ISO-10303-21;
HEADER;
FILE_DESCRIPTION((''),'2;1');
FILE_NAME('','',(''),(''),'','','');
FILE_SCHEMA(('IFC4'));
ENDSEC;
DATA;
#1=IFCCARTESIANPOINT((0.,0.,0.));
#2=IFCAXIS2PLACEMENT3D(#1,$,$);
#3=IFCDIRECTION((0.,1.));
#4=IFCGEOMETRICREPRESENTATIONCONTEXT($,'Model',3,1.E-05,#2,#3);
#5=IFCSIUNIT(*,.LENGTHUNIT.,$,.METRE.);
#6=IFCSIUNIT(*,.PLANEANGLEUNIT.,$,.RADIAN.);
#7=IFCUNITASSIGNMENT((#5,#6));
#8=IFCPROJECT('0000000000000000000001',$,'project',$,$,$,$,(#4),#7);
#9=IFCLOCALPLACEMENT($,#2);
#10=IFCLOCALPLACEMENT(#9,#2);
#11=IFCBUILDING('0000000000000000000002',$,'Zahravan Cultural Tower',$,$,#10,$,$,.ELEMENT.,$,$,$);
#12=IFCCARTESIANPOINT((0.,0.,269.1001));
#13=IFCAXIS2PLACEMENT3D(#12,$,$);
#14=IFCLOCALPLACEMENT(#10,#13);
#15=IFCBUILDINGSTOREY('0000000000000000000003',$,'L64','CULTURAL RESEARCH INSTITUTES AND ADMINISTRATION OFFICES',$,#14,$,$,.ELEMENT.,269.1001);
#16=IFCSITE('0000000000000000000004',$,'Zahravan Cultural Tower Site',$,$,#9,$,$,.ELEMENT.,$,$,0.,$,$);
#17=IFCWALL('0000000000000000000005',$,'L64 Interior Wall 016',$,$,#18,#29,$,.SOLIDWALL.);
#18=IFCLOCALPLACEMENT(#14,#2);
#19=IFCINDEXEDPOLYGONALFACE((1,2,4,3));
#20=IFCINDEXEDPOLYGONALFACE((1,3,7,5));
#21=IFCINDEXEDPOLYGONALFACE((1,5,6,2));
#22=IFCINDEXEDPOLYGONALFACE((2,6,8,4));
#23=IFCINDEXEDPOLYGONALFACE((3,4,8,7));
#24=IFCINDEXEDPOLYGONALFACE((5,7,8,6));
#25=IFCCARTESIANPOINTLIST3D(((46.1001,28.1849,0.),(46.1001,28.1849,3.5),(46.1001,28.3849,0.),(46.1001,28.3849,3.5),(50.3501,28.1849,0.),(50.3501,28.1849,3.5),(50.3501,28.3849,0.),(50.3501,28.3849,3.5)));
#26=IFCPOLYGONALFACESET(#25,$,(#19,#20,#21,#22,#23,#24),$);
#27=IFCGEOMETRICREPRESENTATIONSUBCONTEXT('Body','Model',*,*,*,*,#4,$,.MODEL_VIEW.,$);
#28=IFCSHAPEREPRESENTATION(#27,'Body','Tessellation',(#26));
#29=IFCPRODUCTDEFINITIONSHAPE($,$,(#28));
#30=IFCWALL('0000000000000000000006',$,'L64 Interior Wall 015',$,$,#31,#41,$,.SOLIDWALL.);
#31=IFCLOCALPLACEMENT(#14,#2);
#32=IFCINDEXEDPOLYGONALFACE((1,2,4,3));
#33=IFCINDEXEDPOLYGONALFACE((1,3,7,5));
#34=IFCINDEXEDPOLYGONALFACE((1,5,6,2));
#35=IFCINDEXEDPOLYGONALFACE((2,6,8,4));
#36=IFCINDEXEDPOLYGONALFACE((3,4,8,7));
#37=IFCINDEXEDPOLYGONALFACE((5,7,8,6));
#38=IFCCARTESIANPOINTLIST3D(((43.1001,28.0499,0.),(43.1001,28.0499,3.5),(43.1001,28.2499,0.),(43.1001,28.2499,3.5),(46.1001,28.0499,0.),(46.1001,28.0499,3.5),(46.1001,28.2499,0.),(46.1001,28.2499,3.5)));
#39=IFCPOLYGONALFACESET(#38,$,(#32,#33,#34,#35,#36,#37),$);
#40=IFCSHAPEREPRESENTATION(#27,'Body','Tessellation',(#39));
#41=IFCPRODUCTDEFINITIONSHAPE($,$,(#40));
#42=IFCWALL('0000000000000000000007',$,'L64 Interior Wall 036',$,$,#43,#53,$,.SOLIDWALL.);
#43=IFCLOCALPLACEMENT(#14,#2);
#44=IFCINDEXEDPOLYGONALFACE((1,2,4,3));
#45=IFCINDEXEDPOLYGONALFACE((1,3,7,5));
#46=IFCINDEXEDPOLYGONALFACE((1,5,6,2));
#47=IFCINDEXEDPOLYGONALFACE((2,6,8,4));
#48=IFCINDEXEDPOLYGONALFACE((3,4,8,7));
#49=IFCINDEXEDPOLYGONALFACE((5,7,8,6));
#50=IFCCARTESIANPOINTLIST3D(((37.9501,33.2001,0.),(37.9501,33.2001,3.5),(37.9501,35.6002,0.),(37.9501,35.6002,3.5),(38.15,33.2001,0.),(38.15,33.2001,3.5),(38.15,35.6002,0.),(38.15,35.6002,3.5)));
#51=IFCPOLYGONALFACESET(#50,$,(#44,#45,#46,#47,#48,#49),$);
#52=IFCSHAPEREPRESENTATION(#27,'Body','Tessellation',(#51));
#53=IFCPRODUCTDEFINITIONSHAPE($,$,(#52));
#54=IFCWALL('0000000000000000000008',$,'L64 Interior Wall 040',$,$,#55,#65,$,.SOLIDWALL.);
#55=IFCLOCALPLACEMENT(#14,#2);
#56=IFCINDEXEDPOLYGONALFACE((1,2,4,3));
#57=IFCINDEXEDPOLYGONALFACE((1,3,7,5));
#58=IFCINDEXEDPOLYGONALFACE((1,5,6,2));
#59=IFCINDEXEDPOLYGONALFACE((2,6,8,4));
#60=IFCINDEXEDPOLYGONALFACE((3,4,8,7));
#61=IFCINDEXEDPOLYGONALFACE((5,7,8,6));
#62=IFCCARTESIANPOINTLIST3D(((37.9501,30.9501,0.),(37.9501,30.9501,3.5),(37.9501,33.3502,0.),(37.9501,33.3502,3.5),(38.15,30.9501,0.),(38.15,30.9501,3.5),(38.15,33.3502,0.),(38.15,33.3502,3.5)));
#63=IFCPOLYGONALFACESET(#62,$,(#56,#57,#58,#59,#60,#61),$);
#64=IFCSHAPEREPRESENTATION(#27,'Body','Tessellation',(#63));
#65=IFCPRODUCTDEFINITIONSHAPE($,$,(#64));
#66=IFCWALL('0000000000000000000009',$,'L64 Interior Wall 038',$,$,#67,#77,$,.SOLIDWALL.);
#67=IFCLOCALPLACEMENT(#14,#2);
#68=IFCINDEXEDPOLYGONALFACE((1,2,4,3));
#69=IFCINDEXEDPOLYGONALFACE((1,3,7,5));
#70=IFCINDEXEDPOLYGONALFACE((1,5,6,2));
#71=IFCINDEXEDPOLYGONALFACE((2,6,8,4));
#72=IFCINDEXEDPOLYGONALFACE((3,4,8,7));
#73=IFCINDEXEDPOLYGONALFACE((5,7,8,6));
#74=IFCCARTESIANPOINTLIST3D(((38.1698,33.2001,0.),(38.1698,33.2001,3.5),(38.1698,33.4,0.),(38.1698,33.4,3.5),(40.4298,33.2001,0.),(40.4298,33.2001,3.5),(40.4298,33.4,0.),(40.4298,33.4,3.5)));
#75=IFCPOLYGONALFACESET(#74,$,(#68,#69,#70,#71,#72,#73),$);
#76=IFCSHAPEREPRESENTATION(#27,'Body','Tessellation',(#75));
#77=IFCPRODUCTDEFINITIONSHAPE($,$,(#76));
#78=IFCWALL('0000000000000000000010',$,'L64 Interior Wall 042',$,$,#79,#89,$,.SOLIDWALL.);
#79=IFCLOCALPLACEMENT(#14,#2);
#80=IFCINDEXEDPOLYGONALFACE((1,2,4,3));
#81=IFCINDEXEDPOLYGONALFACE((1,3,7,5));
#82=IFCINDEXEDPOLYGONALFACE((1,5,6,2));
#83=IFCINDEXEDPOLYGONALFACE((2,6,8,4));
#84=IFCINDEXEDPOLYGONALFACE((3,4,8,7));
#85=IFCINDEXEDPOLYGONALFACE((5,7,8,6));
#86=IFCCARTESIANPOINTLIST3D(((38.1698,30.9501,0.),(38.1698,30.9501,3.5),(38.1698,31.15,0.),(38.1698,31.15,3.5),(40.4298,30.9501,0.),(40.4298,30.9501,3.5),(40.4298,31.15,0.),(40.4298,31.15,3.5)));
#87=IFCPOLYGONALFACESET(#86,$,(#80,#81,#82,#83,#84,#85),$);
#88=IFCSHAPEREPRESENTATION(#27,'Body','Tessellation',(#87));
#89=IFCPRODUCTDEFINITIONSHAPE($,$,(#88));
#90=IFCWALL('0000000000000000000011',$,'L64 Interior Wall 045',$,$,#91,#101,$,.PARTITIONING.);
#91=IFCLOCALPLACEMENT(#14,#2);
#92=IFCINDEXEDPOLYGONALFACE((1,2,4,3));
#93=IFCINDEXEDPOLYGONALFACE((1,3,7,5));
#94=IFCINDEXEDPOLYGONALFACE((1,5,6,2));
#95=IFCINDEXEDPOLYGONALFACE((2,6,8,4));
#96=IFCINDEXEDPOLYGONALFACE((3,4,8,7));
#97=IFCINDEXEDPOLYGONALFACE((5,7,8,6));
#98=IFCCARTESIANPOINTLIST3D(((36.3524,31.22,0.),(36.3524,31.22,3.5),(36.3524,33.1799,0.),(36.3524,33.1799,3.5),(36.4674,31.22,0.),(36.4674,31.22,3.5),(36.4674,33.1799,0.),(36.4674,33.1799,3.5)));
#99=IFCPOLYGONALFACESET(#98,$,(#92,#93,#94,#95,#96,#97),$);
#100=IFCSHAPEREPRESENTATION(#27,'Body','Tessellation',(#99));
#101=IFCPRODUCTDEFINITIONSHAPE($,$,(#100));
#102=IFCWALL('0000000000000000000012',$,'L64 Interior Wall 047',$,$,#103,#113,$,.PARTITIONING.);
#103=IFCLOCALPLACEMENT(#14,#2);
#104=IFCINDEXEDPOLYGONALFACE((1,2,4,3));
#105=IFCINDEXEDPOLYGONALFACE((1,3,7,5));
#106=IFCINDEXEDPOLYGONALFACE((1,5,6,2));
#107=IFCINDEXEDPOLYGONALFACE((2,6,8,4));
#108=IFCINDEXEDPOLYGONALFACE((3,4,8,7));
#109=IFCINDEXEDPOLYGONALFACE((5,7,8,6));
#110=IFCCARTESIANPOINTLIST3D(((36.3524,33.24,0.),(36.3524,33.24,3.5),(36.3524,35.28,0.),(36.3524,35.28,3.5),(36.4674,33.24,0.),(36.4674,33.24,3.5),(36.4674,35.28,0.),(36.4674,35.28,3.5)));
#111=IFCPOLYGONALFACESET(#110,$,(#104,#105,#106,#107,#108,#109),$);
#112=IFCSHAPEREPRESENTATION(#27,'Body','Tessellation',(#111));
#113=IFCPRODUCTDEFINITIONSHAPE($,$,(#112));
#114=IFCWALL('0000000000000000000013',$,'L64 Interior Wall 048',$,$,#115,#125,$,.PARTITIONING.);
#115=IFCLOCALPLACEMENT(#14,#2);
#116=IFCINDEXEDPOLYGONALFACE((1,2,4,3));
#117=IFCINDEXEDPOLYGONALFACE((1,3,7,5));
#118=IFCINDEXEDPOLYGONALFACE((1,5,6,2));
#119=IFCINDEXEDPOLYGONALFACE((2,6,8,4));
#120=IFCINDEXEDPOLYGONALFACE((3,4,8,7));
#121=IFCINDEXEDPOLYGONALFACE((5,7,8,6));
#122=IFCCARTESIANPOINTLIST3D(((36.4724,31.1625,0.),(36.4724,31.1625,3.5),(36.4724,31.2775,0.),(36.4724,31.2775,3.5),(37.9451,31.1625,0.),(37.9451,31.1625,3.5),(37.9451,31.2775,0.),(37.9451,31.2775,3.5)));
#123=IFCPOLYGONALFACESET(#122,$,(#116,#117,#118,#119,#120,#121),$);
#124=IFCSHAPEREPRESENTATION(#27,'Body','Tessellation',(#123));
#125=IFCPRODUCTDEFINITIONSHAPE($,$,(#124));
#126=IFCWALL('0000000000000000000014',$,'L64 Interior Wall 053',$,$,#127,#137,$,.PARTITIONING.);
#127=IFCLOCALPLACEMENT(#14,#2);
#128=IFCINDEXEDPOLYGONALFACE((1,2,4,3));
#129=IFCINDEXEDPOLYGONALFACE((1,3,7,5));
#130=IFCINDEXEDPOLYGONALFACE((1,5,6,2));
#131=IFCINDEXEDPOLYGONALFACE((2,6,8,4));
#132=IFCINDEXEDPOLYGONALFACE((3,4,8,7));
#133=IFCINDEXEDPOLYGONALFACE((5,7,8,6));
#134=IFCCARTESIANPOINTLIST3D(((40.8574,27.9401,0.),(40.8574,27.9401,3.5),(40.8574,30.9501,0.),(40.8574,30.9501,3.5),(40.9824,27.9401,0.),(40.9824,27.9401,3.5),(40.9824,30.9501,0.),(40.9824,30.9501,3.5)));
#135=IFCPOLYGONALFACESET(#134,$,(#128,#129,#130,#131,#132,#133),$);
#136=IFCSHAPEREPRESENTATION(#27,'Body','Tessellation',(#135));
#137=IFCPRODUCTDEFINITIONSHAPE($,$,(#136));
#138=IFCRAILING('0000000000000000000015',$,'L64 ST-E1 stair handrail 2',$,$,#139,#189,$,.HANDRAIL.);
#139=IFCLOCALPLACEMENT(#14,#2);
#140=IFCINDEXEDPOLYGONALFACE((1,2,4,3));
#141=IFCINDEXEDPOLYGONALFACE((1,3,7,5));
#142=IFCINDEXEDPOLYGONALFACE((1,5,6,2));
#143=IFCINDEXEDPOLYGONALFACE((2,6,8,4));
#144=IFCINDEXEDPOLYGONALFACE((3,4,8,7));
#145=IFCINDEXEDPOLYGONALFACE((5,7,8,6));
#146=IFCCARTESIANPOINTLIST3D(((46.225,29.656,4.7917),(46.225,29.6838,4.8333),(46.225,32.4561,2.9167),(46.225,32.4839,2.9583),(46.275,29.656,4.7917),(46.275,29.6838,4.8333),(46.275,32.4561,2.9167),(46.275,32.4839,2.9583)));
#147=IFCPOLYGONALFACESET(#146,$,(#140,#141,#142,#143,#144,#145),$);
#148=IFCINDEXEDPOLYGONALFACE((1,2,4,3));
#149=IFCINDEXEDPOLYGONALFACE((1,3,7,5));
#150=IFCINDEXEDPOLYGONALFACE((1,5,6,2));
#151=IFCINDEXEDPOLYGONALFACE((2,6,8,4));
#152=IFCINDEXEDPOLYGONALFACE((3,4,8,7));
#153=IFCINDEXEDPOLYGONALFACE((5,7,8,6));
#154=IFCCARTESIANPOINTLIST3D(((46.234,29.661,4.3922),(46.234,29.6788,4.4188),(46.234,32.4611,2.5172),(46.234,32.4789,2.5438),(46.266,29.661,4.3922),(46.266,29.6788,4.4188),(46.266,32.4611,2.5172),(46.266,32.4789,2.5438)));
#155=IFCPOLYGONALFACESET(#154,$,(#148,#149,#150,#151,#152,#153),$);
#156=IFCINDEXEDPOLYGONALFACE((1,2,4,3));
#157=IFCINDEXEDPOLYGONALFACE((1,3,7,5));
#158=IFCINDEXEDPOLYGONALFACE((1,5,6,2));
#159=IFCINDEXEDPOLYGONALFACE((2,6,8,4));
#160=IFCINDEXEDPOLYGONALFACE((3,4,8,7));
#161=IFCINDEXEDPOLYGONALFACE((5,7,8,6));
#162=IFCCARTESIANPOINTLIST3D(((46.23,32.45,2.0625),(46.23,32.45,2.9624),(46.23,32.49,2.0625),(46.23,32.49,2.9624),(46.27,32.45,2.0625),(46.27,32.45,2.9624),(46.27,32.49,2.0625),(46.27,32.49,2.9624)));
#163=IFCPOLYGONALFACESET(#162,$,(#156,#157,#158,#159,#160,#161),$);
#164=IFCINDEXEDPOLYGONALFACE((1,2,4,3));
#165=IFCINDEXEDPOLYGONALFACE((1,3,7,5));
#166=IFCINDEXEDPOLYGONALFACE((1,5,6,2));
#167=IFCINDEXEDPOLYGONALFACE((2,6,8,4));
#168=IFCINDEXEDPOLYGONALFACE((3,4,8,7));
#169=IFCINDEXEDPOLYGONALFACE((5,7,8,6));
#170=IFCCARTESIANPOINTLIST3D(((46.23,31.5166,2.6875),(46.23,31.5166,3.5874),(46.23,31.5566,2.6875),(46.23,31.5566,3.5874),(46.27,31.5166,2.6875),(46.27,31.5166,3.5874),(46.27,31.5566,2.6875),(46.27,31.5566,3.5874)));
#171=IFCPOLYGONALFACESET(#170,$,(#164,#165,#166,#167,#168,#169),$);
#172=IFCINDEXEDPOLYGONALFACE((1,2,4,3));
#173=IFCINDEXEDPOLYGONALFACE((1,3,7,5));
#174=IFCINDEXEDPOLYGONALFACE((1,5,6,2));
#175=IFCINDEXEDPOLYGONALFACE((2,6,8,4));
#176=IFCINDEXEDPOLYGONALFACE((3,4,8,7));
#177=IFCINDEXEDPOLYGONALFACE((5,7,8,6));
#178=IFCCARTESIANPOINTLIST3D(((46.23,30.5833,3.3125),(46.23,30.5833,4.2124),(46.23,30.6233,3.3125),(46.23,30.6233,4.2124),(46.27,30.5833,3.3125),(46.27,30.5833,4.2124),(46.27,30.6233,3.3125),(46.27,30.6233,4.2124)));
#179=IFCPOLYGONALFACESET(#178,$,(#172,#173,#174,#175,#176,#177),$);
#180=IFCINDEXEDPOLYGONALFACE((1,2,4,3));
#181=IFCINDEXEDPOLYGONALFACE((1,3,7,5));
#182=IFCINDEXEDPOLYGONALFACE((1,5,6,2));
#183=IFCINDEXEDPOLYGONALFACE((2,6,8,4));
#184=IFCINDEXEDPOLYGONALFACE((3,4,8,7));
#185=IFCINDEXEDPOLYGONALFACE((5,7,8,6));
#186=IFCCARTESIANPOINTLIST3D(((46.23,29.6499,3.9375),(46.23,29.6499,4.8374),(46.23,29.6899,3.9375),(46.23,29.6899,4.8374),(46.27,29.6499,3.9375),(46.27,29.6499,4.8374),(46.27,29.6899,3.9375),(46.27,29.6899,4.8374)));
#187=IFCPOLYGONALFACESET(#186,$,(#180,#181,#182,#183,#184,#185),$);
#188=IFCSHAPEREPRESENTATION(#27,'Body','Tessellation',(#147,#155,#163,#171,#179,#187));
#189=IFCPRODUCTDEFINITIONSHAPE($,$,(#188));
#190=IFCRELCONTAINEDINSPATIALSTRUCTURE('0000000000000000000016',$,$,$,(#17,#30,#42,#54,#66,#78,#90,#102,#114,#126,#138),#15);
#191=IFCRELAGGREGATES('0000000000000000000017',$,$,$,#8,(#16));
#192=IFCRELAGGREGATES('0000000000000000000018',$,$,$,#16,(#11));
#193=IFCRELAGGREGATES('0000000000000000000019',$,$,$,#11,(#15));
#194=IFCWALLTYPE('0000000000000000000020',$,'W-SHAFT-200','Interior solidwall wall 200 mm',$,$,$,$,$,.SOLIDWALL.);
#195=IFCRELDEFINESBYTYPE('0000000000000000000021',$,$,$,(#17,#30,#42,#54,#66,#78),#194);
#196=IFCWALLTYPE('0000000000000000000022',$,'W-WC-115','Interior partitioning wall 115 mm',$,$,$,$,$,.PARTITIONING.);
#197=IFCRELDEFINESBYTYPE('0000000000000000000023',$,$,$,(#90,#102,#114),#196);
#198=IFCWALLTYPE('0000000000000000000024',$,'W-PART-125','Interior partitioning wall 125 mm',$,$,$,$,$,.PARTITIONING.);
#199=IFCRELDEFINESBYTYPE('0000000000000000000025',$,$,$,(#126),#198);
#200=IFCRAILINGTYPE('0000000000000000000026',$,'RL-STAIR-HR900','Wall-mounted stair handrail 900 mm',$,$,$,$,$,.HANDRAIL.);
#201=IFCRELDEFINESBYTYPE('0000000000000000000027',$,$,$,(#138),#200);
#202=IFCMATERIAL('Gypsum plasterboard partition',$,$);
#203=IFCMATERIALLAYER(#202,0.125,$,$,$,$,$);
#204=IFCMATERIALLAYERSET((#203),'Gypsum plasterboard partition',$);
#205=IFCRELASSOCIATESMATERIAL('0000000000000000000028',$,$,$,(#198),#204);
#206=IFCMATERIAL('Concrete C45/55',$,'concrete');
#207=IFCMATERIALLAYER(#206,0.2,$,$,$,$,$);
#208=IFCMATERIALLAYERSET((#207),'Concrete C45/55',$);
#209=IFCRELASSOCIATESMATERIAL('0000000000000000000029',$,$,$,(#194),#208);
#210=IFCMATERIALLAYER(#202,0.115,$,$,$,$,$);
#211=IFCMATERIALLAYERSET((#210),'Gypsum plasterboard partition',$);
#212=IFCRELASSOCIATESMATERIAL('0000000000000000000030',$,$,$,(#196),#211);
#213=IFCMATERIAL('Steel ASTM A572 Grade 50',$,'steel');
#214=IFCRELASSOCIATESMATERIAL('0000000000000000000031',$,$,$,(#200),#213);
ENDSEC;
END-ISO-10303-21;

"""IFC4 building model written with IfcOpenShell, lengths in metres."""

from ifc_helpers import new_model, si_unit, direction, frame, frame_2d, origin, origin_2d, place, context, subcontext, project, spatial, rectangle, extrude, source, transform, mapped, material, layer, layer_set, type_object, element, save


model = new_model("IFC4")

# Units and contexts
model_context = context("Model", 3, precision=1e-05, world=origin(), true_north=direction((0.0, 1.0)))
body_context = subcontext(model_context, "Body", "Model", "MODEL_VIEW")
ifc_project = project(units=[si_unit("LENGTHUNIT", "METRE"), si_unit("PLANEANGLEUNIT", "RADIAN")], contexts=[model_context])

# Site, building, storey
site_placement = place(None, origin())
site = spatial("IfcSite", under=ifc_project, at=site_placement, Name="Zahravan Cultural Tower Site", CompositionType="ELEMENT", RefElevation=0.0)
building_placement = place(site_placement, origin())
building = spatial("IfcBuilding", under=site, at=building_placement, Name="Zahravan Cultural Tower", CompositionType="ELEMENT")
storey_placement = place(building_placement, frame((0.0, 0.0, 269.1001)))
storey = spatial("IfcBuildingStorey", under=building, at=storey_placement, Name="L64", Description="CULTURAL RESEARCH INSTITUTES AND ADMINISTRATION OFFICES", CompositionType="ELEMENT", Elevation=269.1001)

# Shared definitions
ifc_material_1 = material(Name="Steel ASTM A572 Grade 50", Category="steel")
ifc_material_2 = material(Name="Gypsum plasterboard partition")
ifc_layer_1 = layer(ifc_material_2, 0.125)
ifc_layer_set_1 = layer_set([ifc_layer_1], Name="Gypsum plasterboard partition")
wall_type_1 = type_object("IfcWallType", Name="W-PART-125", Description="Interior partitioning wall 125 mm", PredefinedType="PARTITIONING", material=ifc_layer_set_1)
ifc_material_3 = material(Name="Concrete C45/55", Category="concrete")
ifc_layer_2 = layer(ifc_material_3, 0.2)
ifc_layer_set_2 = layer_set([ifc_layer_2], Name="Concrete C45/55")
wall_type_2 = type_object("IfcWallType", Name="W-SHAFT-200", Description="Interior solidwall wall 200 mm", PredefinedType="SOLIDWALL", material=ifc_layer_set_2)
ifc_layer_3 = layer(ifc_material_2, 0.115)
ifc_layer_set_3 = layer_set([ifc_layer_3], Name="Gypsum plasterboard partition")
wall_type_3 = type_object("IfcWallType", Name="W-WC-115", Description="Interior partitioning wall 115 mm", PredefinedType="PARTITIONING", material=ifc_layer_set_3)

# Walls
shared_shape_1 = source(origin(), body_context, "Body", "SweptSolid", [
    extrude(rectangle(XDim=4.25, YDim=0.2, at=frame_2d((2.125, 0.0))), origin(), (0.0, 0.0, 1.0), 3.5),
])
wall_1_placement = place(storey_placement, frame((46.1001, 28.2849, 0.0), z_axis=(0.0, 0.0, 1.0), x_axis=(1.0, 0.0, 0.0)))
element("IfcWall", 1, at=wall_1_placement, inside=storey, type_object=wall_type_2, Name="L64 Interior Wall 016", PredefinedType="SOLIDWALL", context=body_context, shape_type="MappedRepresentation", body=[
    mapped(shared_shape_1, transform((0.0, 0.0, 0.0), x_axis=(1.0, 0.0, 0.0), y_axis=(0.0, 1.0, 0.0), z_axis=(0.0, 0.0, 1.0), scale=1.0)),
])
shared_shape_2 = source(origin(), body_context, "Body", "SweptSolid", [
    extrude(rectangle(XDim=3.0, YDim=0.2, at=frame_2d((1.5, 0.0))), origin(), (0.0, 0.0, 1.0), 3.5),
])
wall_2_placement = place(storey_placement, frame((43.1001, 28.1499, 0.0), z_axis=(0.0, 0.0, 1.0), x_axis=(1.0, 0.0, 0.0)))
element("IfcWall", 2, at=wall_2_placement, inside=storey, type_object=wall_type_2, Name="L64 Interior Wall 015", PredefinedType="SOLIDWALL", context=body_context, shape_type="MappedRepresentation", body=[
    mapped(shared_shape_2, transform((0.0, 0.0, 0.0), x_axis=(1.0, 0.0, 0.0), y_axis=(0.0, 1.0, 0.0), z_axis=(0.0, 0.0, 1.0), scale=1.0)),
])
shared_shape_3 = source(origin(), body_context, "Body", "SweptSolid", [
    extrude(rectangle(XDim=2.4001, YDim=0.2, at=frame_2d((1.2002, 0.0))), origin(), (0.0, 0.0, 1.0), 3.5),
])
for number, where, z_axis, x_axis, name in (
    (3, (38.05, 33.2, 0.0), (0.0, 0.0, 1.0), (0.0, 1.0, 0.0), "L64 Interior Wall 036"),
    (4, (38.05, 30.95, 0.0), (0.0, 0.0, 1.0), (0.0, 1.0, 0.0), "L64 Interior Wall 040"),
):
    element("IfcWall", number, at=place(storey_placement, frame(where, z_axis=z_axis, x_axis=x_axis)), inside=storey, type_object=wall_type_2, Name=name, PredefinedType="SOLIDWALL", context=body_context, shape_type="MappedRepresentation", body=[
        mapped(shared_shape_3, transform((0.0, 0.0, 0.0), x_axis=(1.0, 0.0, 0.0), y_axis=(0.0, 1.0, 0.0), z_axis=(0.0, 0.0, 1.0), scale=1.0)),
    ])
shared_shape_4 = source(origin(), body_context, "Body", "SweptSolid", [
    extrude(rectangle(XDim=2.26, YDim=0.2, at=frame_2d((1.1299, 0.0))), origin(), (0.0, 0.0, 1.0), 3.5),
])
for number, where, z_axis, x_axis, name in (
    (5, (38.1699, 33.3, 0.0), (0.0, 0.0, 1.0), (1.0, 0.0, 0.0), "L64 Interior Wall 038"),
    (6, (38.1699, 31.05, 0.0), (0.0, 0.0, 1.0), (1.0, 0.0, 0.0), "L64 Interior Wall 042"),
):
    element("IfcWall", number, at=place(storey_placement, frame(where, z_axis=z_axis, x_axis=x_axis)), inside=storey, type_object=wall_type_2, Name=name, PredefinedType="SOLIDWALL", context=body_context, shape_type="MappedRepresentation", body=[
        mapped(shared_shape_4, transform((0.0, 0.0, 0.0), x_axis=(1.0, 0.0, 0.0), y_axis=(0.0, 1.0, 0.0), z_axis=(0.0, 0.0, 1.0), scale=1.0)),
    ])
shared_shape_5 = source(origin(), body_context, "Body", "SweptSolid", [
    extrude(rectangle(XDim=1.96, YDim=0.115, at=frame_2d((0.98, 0.0))), origin(), (0.0, 0.0, 1.0), 3.5),
])
wall_3_placement = place(storey_placement, frame((36.4099, 33.1799, 0.0), z_axis=(0.0, 0.0, 1.0), x_axis=(0.0, -1.0, 0.0)))
element("IfcWall", 7, at=wall_3_placement, inside=storey, type_object=wall_type_3, Name="L64 Interior Wall 045", PredefinedType="PARTITIONING", context=body_context, shape_type="MappedRepresentation", body=[
    mapped(shared_shape_5, transform((0.0, 0.0, 0.0), x_axis=(1.0, 0.0, 0.0), y_axis=(0.0, 1.0, 0.0), z_axis=(0.0, 0.0, 1.0), scale=1.0)),
])
shared_shape_6 = source(origin(), body_context, "Body", "SweptSolid", [
    extrude(rectangle(XDim=2.04, YDim=0.115, at=frame_2d((1.02, 0.0))), origin(), (0.0, 0.0, 1.0), 3.5),
])
wall_4_placement = place(storey_placement, frame((36.4099, 35.28, 0.0), z_axis=(0.0, 0.0, 1.0), x_axis=(0.0, -1.0, 0.0)))
element("IfcWall", 8, at=wall_4_placement, inside=storey, type_object=wall_type_3, Name="L64 Interior Wall 047", PredefinedType="PARTITIONING", context=body_context, shape_type="MappedRepresentation", body=[
    mapped(shared_shape_6, transform((0.0, 0.0, 0.0), x_axis=(1.0, 0.0, 0.0), y_axis=(0.0, 1.0, 0.0), z_axis=(0.0, 0.0, 1.0), scale=1.0)),
])
shared_shape_7 = source(origin(), body_context, "Body", "SweptSolid", [
    extrude(rectangle(XDim=1.4727, YDim=0.115, at=frame_2d((0.7363, 0.0))), origin(), (0.0, 0.0, 1.0), 3.5),
])
wall_5_placement = place(storey_placement, frame((37.9451, 31.22, 0.0), z_axis=(0.0, 0.0, 1.0), x_axis=(-1.0, 0.0, 0.0)))
element("IfcWall", 9, at=wall_5_placement, inside=storey, type_object=wall_type_3, Name="L64 Interior Wall 048", PredefinedType="PARTITIONING", context=body_context, shape_type="MappedRepresentation", body=[
    mapped(shared_shape_7, transform((0.0, 0.0, 0.0), x_axis=(1.0, 0.0, 0.0), y_axis=(0.0, 1.0, 0.0), z_axis=(0.0, 0.0, 1.0), scale=1.0)),
])
shared_shape_8 = source(origin(), body_context, "Body", "SweptSolid", [
    extrude(rectangle(XDim=3.01, YDim=0.125, at=frame_2d((1.5049, 0.0))), origin(), (0.0, 0.0, 1.0), 3.5),
])
wall_6_placement = place(storey_placement, frame((40.9199, 30.95, 0.0), z_axis=(0.0, 0.0, 1.0), x_axis=(0.0, -1.0, 0.0)))
element("IfcWall", 10, at=wall_6_placement, inside=storey, type_object=wall_type_1, Name="L64 Interior Wall 053", PredefinedType="PARTITIONING", context=body_context, shape_type="MappedRepresentation", body=[
    mapped(shared_shape_8, transform((0.0, 0.0, 0.0), x_axis=(1.0, 0.0, 0.0), y_axis=(0.0, 1.0, 0.0), z_axis=(0.0, 0.0, 1.0), scale=1.0)),
])

# Railing
railing_type = type_object("IfcRailingType", Name="RL-STAIR-HR900", Description="Wall-mounted stair handrail 900 mm", PredefinedType="HANDRAIL", material=ifc_material_1)
railing_placement = place(storey_placement, frame((46.25, 32.47, 2.0625)))
element("IfcRailing", 11, at=railing_placement, inside=storey, type_object=railing_type, Name="L64 ST-E1 stair handrail 2", PredefinedType="HANDRAIL", context=body_context, shape_type="SweptSolid", body=[
    extrude(rectangle(XDim=0.05, YDim=0.05, at=origin_2d()), frame((0.0, 0.0, 0.875), z_axis=(0.0, -0.830912, 0.556404), x_axis=(1.0, 0.0, 0.0)), (0.0, 0.0, 1.0), 3.3699),
    extrude(rectangle(XDim=0.032, YDim=0.032, at=origin_2d()), frame((0.0, 0.0, 0.468), z_axis=(0.0, -0.830912, 0.556404), x_axis=(1.0, 0.0, 0.0)), (0.0, 0.0, 1.0), 3.3699),
    extrude(rectangle(XDim=0.04, YDim=0.04, at=origin_2d()), origin(), (0.0, 0.0, 1.0), 0.8999),
    extrude(rectangle(XDim=0.04, YDim=0.04, at=origin_2d()), frame((0.0, -0.9333, 0.625)), (0.0, 0.0, 1.0), 0.8999),
    extrude(rectangle(XDim=0.04, YDim=0.04, at=origin_2d()), frame((0.0, -1.8667, 1.25)), (0.0, 0.0, 1.0), 0.8999),
    extrude(rectangle(XDim=0.04, YDim=0.04, at=origin_2d()), frame((0.0, -2.8, 1.875)), (0.0, 0.0, 1.0), 0.8999),
])

save(model, "model.ifc")
